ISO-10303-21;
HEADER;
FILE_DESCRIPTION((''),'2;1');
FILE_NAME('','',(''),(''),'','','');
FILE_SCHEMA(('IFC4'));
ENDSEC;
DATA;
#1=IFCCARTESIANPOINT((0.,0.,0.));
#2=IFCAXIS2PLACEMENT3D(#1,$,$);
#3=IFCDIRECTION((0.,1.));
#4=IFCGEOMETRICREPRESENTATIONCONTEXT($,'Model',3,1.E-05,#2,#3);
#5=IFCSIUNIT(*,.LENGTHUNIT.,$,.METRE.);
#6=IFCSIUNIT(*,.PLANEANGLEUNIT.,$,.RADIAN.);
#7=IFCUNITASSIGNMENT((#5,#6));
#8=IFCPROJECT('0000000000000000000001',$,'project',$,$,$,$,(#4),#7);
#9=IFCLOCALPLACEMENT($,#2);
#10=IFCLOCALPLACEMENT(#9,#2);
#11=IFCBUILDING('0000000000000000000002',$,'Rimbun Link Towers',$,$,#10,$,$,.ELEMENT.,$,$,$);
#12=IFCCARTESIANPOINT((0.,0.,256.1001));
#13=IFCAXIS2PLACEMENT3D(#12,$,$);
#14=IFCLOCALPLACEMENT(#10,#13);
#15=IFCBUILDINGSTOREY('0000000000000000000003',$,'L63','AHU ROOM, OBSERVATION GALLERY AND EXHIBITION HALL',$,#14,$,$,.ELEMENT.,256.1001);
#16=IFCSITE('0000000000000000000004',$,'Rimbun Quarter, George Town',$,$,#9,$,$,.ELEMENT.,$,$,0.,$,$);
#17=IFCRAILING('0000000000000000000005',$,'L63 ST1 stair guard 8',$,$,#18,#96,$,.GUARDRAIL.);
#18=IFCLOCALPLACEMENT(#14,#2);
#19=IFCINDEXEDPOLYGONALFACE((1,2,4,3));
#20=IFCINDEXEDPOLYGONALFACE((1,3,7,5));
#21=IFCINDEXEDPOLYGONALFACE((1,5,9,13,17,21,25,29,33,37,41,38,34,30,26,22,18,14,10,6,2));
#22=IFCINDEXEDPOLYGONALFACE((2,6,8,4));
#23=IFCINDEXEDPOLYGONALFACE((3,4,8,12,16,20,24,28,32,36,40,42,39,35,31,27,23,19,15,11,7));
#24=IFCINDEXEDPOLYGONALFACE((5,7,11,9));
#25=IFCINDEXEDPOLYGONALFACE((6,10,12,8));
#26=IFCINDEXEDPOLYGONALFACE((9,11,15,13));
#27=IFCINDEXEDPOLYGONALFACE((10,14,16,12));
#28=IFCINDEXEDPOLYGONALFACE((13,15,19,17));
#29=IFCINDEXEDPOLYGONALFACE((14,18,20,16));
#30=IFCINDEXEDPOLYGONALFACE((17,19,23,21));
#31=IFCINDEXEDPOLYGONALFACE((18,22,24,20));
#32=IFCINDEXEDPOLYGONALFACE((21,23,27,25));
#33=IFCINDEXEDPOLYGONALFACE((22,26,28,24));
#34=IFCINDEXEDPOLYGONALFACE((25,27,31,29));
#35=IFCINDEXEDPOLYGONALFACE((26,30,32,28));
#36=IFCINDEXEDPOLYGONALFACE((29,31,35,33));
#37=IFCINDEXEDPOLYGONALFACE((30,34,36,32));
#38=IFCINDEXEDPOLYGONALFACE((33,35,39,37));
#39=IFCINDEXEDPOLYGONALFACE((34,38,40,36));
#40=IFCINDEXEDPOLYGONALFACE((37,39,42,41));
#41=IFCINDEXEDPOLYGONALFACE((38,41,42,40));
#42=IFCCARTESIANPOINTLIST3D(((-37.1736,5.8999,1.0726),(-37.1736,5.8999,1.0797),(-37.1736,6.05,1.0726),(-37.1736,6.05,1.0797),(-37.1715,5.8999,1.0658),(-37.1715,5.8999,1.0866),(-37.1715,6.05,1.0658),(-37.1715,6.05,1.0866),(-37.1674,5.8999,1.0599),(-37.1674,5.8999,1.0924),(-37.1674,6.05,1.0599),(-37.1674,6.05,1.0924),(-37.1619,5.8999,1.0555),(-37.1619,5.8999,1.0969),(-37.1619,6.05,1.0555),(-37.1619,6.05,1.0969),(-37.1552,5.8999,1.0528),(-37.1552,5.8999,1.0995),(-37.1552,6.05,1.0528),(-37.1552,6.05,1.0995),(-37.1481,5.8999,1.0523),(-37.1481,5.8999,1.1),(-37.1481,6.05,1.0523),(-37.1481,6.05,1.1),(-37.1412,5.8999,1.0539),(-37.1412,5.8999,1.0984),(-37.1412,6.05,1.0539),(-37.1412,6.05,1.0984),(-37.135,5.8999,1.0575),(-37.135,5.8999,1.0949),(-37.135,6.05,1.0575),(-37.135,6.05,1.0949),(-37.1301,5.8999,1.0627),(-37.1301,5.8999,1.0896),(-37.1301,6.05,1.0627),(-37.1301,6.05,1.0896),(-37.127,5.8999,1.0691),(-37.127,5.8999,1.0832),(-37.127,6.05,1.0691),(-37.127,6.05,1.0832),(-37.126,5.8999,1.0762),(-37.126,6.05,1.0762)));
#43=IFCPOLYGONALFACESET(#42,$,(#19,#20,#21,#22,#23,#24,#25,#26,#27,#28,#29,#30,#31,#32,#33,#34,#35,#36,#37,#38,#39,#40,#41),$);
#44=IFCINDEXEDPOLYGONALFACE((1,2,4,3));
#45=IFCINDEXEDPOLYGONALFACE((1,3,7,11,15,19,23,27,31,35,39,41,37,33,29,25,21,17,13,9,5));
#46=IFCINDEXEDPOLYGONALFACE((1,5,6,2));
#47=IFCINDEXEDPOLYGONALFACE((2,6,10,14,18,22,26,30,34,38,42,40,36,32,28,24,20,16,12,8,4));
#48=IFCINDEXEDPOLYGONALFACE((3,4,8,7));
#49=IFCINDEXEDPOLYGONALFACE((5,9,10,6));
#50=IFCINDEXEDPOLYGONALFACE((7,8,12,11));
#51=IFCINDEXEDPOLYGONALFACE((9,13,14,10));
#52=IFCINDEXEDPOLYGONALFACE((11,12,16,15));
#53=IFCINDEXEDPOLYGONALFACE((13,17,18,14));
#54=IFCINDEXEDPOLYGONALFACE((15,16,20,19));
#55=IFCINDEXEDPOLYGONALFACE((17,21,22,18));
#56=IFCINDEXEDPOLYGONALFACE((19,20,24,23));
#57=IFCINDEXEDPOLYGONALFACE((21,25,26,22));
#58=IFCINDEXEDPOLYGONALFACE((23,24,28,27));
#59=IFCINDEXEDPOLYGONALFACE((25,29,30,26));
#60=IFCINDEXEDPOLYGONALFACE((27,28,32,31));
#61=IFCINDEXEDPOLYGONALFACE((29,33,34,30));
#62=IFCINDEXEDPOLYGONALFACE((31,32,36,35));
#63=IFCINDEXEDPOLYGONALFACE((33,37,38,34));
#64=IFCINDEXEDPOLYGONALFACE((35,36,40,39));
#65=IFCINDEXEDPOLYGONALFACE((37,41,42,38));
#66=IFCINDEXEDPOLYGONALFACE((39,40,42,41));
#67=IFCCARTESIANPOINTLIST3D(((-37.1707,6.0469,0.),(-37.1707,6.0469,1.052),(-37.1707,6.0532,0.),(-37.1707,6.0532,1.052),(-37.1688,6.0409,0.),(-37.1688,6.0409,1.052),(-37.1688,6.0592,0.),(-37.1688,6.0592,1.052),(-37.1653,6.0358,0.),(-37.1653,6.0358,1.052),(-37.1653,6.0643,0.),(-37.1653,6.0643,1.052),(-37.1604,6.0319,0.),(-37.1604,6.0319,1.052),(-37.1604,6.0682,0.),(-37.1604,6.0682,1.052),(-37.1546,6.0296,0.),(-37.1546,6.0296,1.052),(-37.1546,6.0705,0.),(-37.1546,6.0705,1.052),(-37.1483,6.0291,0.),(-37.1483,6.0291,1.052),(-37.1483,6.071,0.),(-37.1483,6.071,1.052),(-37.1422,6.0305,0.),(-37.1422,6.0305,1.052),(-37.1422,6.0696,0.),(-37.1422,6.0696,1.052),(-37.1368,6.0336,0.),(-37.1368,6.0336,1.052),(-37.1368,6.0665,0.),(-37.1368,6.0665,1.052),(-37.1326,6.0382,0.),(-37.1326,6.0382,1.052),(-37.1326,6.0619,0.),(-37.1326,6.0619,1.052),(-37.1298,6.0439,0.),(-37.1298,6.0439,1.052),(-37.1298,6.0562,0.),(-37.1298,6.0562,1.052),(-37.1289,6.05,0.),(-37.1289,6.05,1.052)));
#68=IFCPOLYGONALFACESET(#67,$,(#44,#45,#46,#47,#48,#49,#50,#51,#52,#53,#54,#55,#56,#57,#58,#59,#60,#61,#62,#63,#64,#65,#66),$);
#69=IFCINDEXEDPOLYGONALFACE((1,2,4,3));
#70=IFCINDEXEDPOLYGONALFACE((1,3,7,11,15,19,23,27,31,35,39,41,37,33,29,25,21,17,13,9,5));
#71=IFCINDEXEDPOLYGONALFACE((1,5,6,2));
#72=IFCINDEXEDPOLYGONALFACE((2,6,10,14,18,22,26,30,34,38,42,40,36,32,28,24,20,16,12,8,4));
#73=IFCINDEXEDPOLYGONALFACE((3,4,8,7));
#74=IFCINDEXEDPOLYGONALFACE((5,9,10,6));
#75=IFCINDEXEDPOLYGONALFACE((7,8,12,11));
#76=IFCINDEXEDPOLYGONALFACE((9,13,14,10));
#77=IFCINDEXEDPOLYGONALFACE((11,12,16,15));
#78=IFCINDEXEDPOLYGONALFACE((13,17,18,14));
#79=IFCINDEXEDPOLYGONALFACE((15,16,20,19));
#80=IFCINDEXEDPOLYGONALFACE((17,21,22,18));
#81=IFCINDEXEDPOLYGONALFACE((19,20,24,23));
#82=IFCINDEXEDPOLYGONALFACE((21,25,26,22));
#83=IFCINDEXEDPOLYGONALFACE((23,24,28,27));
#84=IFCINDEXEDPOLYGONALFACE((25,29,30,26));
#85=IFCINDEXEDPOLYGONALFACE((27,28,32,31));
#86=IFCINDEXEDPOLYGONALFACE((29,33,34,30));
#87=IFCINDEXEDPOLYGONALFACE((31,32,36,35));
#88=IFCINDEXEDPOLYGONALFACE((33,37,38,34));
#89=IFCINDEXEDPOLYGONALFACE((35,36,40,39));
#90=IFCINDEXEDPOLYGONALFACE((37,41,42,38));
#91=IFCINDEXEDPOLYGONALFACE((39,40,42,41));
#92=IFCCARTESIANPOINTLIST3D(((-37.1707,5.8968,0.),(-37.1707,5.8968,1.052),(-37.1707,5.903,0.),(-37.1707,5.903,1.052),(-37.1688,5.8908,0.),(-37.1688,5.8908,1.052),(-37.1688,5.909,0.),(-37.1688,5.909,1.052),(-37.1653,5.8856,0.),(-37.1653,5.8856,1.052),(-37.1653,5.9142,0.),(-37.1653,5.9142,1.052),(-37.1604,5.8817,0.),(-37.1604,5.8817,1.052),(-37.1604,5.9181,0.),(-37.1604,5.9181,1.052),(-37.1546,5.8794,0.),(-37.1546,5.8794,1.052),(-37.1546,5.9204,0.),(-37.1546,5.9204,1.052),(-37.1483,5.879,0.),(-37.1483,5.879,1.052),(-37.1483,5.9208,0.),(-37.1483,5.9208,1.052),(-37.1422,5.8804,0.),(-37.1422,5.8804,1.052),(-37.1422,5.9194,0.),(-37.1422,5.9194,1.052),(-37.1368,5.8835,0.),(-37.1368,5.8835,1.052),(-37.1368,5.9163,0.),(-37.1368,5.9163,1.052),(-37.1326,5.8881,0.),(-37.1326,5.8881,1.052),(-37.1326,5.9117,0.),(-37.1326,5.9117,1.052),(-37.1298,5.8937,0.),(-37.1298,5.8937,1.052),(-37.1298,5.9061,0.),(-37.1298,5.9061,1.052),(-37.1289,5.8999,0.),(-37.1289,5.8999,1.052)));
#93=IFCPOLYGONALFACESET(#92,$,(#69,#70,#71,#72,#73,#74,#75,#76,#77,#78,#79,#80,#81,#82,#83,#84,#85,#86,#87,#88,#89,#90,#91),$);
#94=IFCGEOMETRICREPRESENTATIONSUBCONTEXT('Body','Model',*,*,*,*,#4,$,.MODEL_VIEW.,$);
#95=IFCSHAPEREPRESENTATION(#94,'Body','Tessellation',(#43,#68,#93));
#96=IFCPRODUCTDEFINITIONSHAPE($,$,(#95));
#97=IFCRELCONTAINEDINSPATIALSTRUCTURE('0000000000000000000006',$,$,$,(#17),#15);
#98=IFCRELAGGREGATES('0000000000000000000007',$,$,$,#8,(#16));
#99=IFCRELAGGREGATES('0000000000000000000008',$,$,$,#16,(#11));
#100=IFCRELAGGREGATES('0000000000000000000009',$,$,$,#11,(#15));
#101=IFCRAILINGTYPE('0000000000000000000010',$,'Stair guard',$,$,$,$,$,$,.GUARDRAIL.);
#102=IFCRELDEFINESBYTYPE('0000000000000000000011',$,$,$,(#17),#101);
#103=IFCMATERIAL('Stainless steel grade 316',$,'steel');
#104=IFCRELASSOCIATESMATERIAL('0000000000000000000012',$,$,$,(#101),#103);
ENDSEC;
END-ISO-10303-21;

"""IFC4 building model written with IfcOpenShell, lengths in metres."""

from ifc_helpers import new_model, si_unit, direction, frame, origin, origin_2d, place, context, subcontext, project, spatial, circle, extrude, material, type_object, element, save


model = new_model("IFC4")

# Units and contexts
model_context = context("Model", 3, precision=1e-05, world=origin(), true_north=direction((0.0, 1.0)))
body_context = subcontext(model_context, "Body", "Model", "MODEL_VIEW")
ifc_project = project(units=[si_unit("LENGTHUNIT", "METRE"), si_unit("PLANEANGLEUNIT", "RADIAN")], contexts=[model_context])

# Site, building, storey
site_placement = place(None, origin())
site = spatial("IfcSite", under=ifc_project, at=site_placement, Name="Rimbun Quarter, George Town", CompositionType="ELEMENT", RefElevation=0.0)
building_placement = place(site_placement, origin())
building = spatial("IfcBuilding", under=site, at=building_placement, Name="Rimbun Link Towers", CompositionType="ELEMENT")
storey_placement = place(building_placement, frame((0.0, 0.0, 256.1001)))
storey = spatial("IfcBuildingStorey", under=building, at=storey_placement, Name="L63", Description="AHU ROOM, OBSERVATION GALLERY AND EXHIBITION HALL", CompositionType="ELEMENT", Elevation=256.1001)

# Railing
ifc_material_1 = material(Name="Stainless steel grade 316", Category="steel")
railing_type_1 = type_object("IfcRailingType", Name="Stair guard", PredefinedType="GUARDRAIL", material=ifc_material_1)
railing_1_placement = place(storey_placement, frame((-37.1499, 6.05, 0.0)))
element("IfcRailing", 1, at=railing_1_placement, inside=storey, type_object=railing_type_1, Name="L63 ST1 stair guard 8", PredefinedType="GUARDRAIL", context=body_context, shape_type="SweptSolid", body=[
    extrude(circle(Radius=0.0239, at=origin_2d()), frame((0.0, 0.0, 1.0762), z_axis=(0.0, -1.0, 0.0), x_axis=(1.0, 0.0, 0.0)), (0.0, 0.0, 1.0), 0.1501),
    extrude(circle(Radius=0.021, at=origin_2d()), origin(), (0.0, 0.0, 1.0), 1.052),
    extrude(circle(Radius=0.021, at=origin_2d()), frame((0.0, -0.1501, 0.0)), (0.0, 0.0, 1.0), 1.052),
])

save(model, "model.ifc")
